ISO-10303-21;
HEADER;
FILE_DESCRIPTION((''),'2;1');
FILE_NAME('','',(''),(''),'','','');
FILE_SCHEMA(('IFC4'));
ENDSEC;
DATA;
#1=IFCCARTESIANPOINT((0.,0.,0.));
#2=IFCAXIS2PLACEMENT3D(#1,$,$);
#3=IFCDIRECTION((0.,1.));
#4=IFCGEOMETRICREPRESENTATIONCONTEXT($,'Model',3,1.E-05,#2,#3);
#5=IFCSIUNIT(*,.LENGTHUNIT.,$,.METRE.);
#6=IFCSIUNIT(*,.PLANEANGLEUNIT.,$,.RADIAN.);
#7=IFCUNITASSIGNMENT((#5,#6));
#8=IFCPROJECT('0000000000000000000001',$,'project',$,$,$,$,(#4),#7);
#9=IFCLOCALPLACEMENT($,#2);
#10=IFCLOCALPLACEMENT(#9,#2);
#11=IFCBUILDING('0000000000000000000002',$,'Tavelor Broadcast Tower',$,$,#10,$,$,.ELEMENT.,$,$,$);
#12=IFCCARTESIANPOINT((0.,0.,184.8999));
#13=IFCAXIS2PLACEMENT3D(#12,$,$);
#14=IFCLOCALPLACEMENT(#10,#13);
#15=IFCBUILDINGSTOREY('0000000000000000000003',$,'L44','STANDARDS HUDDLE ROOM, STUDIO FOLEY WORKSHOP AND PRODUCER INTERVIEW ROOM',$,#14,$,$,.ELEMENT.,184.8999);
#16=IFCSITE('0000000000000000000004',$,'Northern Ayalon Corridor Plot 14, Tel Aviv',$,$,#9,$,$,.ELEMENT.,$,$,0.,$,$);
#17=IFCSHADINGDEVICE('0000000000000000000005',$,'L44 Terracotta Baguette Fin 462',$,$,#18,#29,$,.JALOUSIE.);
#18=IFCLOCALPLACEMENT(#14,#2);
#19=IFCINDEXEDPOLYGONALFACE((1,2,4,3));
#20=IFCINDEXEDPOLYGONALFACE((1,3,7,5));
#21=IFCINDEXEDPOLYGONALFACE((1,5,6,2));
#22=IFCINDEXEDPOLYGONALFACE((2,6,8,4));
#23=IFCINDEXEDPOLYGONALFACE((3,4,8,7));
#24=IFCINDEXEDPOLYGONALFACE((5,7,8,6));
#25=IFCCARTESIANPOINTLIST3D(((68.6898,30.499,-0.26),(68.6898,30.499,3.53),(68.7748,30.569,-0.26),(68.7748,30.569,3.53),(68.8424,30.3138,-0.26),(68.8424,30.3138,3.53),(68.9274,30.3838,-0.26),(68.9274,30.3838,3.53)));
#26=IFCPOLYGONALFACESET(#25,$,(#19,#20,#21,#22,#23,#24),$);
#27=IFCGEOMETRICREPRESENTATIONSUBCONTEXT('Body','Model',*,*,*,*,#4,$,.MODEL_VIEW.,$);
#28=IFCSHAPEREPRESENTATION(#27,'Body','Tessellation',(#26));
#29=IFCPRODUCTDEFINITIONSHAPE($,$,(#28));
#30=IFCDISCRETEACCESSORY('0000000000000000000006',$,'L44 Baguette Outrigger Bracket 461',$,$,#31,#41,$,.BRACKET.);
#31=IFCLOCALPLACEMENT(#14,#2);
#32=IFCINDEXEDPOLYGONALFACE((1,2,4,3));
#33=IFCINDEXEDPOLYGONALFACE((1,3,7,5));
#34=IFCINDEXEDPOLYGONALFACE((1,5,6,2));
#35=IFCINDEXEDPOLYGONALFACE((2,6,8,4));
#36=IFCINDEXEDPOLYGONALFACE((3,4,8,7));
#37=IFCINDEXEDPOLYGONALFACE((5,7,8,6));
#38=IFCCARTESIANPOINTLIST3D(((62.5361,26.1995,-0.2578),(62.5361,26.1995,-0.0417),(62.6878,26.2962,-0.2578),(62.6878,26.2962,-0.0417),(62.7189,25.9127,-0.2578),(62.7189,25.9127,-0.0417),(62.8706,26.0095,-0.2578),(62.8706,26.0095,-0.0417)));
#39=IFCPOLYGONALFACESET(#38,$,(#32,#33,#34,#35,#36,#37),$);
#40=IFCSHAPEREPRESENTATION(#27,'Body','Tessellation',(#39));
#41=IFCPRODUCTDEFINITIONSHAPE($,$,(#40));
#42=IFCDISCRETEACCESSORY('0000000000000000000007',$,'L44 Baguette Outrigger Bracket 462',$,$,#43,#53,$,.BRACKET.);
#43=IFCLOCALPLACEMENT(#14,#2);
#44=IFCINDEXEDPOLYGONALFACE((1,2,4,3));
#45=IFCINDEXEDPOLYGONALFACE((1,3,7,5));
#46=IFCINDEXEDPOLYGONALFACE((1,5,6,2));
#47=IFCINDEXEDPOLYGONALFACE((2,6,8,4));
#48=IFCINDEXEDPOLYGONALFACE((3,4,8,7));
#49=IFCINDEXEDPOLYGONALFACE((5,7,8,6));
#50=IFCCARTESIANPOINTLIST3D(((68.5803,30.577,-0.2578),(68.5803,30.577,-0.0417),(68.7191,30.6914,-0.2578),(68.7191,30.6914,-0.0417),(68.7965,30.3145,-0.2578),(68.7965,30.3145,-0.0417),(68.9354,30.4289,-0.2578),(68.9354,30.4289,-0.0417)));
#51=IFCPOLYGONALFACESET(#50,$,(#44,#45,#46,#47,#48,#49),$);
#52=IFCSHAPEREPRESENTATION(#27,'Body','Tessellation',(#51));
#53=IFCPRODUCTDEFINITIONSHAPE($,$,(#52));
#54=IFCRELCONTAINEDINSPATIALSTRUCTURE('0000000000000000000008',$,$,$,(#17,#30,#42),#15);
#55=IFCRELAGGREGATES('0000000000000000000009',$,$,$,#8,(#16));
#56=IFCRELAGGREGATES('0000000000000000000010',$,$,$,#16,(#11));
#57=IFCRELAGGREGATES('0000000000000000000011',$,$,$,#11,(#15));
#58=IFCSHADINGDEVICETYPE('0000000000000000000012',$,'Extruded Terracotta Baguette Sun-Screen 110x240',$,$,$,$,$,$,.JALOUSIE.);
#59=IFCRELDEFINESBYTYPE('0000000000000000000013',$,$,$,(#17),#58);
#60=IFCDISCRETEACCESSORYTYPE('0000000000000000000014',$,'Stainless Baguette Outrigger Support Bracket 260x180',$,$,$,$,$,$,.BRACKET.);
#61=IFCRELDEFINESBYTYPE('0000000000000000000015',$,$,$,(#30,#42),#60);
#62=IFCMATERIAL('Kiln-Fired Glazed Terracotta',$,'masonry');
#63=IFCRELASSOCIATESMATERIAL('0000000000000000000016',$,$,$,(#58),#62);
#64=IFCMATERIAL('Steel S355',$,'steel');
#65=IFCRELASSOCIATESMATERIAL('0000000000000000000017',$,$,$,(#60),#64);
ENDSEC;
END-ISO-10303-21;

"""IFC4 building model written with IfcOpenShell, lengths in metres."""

from ifc_helpers import new_model, si_unit, direction, frame, origin, origin_2d, place, context, subcontext, project, spatial, rectangle, extrude, source, transform, mapped, material, type_object, type_shapes, element, save


model = new_model("IFC4")

# Units and contexts
model_context = context("Model", 3, precision=1e-05, world=origin(), true_north=direction((0.0, 1.0)))
body_context = subcontext(model_context, "Body", "Model", "MODEL_VIEW")
ifc_project = project(units=[si_unit("LENGTHUNIT", "METRE"), si_unit("PLANEANGLEUNIT", "RADIAN")], contexts=[model_context])

# Site, building, storey
site_placement = place(None, origin())
site = spatial("IfcSite", under=ifc_project, at=site_placement, Name="Northern Ayalon Corridor Plot 14, Tel Aviv", CompositionType="ELEMENT", RefElevation=0.0)
building_placement = place(site_placement, origin())
building = spatial("IfcBuilding", under=site, at=building_placement, Name="Tavelor Broadcast Tower", CompositionType="ELEMENT")
storey_placement = place(building_placement, frame((0.0, 0.0, 184.8999)))
storey = spatial("IfcBuildingStorey", under=building, at=storey_placement, Name="L44", Description="STANDARDS HUDDLE ROOM, STUDIO FOLEY WORKSHOP AND PRODUCER INTERVIEW ROOM", CompositionType="ELEMENT", Elevation=184.8999)

# Shared definitions
ifc_material_1 = material(Name="Steel S355", Category="steel")

# Shading device
ifc_material_2 = material(Name="Kiln-Fired Glazed Terracotta", Category="masonry")
shading_device_type = type_object("IfcShadingDeviceType", Name="Extruded Terracotta Baguette Sun-Screen 110x240", PredefinedType="JALOUSIE", material=ifc_material_2)
shared_shape_1 = source(origin(), body_context, "Body", "SweptSolid", [
    extrude(rectangle(XDim=0.1101, YDim=0.24, at=origin_2d()), origin(), (0.0, 0.0, 1.0), 3.79),
])
type_shapes(shading_device_type, [shared_shape_1])
for number, where, z_axis, x_axis, name in (
    (1, (68.8086, 30.4414, -0.26), (0.0, 0.0, 1.0), (0.771847, 0.635809, 0.0), "L44 Terracotta Baguette Fin 462"),
):
    element("IfcShadingDevice", number, at=place(storey_placement, frame(where, z_axis=z_axis, x_axis=x_axis)), inside=storey, type_object=shading_device_type, Name=name, PredefinedType="JALOUSIE", context=body_context, shape_type="MappedRepresentation", body=[
        mapped(shared_shape_1, transform((0.0, 0.0, 0.0), scale=1.0)),
    ])

# Discrete accessories
discrete_accessory_type = type_object("IfcDiscreteAccessoryType", Name="Stainless Baguette Outrigger Support Bracket 260x180", PredefinedType="BRACKET", material=ifc_material_1)
shared_shape_2 = source(origin(), body_context, "Body", "SweptSolid", [
    extrude(rectangle(XDim=0.1799, YDim=0.3401, at=origin_2d()), origin(), (0.0, 0.0, 1.0), 0.2161),
])
type_shapes(discrete_accessory_type, [shared_shape_2])
for number, where, z_axis, x_axis, name in (
    (2, (62.7034, 26.1045, -0.2578), (0.0, 0.0, 1.0), (0.843204, 0.537594, 0.0), "L44 Baguette Outrigger Bracket 461"),
    (3, (68.7578, 30.5029, -0.2578), (0.0, 0.0, 1.0), (0.771847, 0.635809, 0.0), "L44 Baguette Outrigger Bracket 462"),
):
    element("IfcDiscreteAccessory", number, at=place(storey_placement, frame(where, z_axis=z_axis, x_axis=x_axis)), inside=storey, type_object=discrete_accessory_type, Name=name, PredefinedType="BRACKET", context=body_context, shape_type="MappedRepresentation", body=[
        mapped(shared_shape_2, transform((0.0, 0.0, 0.0), scale=1.0)),
    ])

save(model, "model.ifc")
